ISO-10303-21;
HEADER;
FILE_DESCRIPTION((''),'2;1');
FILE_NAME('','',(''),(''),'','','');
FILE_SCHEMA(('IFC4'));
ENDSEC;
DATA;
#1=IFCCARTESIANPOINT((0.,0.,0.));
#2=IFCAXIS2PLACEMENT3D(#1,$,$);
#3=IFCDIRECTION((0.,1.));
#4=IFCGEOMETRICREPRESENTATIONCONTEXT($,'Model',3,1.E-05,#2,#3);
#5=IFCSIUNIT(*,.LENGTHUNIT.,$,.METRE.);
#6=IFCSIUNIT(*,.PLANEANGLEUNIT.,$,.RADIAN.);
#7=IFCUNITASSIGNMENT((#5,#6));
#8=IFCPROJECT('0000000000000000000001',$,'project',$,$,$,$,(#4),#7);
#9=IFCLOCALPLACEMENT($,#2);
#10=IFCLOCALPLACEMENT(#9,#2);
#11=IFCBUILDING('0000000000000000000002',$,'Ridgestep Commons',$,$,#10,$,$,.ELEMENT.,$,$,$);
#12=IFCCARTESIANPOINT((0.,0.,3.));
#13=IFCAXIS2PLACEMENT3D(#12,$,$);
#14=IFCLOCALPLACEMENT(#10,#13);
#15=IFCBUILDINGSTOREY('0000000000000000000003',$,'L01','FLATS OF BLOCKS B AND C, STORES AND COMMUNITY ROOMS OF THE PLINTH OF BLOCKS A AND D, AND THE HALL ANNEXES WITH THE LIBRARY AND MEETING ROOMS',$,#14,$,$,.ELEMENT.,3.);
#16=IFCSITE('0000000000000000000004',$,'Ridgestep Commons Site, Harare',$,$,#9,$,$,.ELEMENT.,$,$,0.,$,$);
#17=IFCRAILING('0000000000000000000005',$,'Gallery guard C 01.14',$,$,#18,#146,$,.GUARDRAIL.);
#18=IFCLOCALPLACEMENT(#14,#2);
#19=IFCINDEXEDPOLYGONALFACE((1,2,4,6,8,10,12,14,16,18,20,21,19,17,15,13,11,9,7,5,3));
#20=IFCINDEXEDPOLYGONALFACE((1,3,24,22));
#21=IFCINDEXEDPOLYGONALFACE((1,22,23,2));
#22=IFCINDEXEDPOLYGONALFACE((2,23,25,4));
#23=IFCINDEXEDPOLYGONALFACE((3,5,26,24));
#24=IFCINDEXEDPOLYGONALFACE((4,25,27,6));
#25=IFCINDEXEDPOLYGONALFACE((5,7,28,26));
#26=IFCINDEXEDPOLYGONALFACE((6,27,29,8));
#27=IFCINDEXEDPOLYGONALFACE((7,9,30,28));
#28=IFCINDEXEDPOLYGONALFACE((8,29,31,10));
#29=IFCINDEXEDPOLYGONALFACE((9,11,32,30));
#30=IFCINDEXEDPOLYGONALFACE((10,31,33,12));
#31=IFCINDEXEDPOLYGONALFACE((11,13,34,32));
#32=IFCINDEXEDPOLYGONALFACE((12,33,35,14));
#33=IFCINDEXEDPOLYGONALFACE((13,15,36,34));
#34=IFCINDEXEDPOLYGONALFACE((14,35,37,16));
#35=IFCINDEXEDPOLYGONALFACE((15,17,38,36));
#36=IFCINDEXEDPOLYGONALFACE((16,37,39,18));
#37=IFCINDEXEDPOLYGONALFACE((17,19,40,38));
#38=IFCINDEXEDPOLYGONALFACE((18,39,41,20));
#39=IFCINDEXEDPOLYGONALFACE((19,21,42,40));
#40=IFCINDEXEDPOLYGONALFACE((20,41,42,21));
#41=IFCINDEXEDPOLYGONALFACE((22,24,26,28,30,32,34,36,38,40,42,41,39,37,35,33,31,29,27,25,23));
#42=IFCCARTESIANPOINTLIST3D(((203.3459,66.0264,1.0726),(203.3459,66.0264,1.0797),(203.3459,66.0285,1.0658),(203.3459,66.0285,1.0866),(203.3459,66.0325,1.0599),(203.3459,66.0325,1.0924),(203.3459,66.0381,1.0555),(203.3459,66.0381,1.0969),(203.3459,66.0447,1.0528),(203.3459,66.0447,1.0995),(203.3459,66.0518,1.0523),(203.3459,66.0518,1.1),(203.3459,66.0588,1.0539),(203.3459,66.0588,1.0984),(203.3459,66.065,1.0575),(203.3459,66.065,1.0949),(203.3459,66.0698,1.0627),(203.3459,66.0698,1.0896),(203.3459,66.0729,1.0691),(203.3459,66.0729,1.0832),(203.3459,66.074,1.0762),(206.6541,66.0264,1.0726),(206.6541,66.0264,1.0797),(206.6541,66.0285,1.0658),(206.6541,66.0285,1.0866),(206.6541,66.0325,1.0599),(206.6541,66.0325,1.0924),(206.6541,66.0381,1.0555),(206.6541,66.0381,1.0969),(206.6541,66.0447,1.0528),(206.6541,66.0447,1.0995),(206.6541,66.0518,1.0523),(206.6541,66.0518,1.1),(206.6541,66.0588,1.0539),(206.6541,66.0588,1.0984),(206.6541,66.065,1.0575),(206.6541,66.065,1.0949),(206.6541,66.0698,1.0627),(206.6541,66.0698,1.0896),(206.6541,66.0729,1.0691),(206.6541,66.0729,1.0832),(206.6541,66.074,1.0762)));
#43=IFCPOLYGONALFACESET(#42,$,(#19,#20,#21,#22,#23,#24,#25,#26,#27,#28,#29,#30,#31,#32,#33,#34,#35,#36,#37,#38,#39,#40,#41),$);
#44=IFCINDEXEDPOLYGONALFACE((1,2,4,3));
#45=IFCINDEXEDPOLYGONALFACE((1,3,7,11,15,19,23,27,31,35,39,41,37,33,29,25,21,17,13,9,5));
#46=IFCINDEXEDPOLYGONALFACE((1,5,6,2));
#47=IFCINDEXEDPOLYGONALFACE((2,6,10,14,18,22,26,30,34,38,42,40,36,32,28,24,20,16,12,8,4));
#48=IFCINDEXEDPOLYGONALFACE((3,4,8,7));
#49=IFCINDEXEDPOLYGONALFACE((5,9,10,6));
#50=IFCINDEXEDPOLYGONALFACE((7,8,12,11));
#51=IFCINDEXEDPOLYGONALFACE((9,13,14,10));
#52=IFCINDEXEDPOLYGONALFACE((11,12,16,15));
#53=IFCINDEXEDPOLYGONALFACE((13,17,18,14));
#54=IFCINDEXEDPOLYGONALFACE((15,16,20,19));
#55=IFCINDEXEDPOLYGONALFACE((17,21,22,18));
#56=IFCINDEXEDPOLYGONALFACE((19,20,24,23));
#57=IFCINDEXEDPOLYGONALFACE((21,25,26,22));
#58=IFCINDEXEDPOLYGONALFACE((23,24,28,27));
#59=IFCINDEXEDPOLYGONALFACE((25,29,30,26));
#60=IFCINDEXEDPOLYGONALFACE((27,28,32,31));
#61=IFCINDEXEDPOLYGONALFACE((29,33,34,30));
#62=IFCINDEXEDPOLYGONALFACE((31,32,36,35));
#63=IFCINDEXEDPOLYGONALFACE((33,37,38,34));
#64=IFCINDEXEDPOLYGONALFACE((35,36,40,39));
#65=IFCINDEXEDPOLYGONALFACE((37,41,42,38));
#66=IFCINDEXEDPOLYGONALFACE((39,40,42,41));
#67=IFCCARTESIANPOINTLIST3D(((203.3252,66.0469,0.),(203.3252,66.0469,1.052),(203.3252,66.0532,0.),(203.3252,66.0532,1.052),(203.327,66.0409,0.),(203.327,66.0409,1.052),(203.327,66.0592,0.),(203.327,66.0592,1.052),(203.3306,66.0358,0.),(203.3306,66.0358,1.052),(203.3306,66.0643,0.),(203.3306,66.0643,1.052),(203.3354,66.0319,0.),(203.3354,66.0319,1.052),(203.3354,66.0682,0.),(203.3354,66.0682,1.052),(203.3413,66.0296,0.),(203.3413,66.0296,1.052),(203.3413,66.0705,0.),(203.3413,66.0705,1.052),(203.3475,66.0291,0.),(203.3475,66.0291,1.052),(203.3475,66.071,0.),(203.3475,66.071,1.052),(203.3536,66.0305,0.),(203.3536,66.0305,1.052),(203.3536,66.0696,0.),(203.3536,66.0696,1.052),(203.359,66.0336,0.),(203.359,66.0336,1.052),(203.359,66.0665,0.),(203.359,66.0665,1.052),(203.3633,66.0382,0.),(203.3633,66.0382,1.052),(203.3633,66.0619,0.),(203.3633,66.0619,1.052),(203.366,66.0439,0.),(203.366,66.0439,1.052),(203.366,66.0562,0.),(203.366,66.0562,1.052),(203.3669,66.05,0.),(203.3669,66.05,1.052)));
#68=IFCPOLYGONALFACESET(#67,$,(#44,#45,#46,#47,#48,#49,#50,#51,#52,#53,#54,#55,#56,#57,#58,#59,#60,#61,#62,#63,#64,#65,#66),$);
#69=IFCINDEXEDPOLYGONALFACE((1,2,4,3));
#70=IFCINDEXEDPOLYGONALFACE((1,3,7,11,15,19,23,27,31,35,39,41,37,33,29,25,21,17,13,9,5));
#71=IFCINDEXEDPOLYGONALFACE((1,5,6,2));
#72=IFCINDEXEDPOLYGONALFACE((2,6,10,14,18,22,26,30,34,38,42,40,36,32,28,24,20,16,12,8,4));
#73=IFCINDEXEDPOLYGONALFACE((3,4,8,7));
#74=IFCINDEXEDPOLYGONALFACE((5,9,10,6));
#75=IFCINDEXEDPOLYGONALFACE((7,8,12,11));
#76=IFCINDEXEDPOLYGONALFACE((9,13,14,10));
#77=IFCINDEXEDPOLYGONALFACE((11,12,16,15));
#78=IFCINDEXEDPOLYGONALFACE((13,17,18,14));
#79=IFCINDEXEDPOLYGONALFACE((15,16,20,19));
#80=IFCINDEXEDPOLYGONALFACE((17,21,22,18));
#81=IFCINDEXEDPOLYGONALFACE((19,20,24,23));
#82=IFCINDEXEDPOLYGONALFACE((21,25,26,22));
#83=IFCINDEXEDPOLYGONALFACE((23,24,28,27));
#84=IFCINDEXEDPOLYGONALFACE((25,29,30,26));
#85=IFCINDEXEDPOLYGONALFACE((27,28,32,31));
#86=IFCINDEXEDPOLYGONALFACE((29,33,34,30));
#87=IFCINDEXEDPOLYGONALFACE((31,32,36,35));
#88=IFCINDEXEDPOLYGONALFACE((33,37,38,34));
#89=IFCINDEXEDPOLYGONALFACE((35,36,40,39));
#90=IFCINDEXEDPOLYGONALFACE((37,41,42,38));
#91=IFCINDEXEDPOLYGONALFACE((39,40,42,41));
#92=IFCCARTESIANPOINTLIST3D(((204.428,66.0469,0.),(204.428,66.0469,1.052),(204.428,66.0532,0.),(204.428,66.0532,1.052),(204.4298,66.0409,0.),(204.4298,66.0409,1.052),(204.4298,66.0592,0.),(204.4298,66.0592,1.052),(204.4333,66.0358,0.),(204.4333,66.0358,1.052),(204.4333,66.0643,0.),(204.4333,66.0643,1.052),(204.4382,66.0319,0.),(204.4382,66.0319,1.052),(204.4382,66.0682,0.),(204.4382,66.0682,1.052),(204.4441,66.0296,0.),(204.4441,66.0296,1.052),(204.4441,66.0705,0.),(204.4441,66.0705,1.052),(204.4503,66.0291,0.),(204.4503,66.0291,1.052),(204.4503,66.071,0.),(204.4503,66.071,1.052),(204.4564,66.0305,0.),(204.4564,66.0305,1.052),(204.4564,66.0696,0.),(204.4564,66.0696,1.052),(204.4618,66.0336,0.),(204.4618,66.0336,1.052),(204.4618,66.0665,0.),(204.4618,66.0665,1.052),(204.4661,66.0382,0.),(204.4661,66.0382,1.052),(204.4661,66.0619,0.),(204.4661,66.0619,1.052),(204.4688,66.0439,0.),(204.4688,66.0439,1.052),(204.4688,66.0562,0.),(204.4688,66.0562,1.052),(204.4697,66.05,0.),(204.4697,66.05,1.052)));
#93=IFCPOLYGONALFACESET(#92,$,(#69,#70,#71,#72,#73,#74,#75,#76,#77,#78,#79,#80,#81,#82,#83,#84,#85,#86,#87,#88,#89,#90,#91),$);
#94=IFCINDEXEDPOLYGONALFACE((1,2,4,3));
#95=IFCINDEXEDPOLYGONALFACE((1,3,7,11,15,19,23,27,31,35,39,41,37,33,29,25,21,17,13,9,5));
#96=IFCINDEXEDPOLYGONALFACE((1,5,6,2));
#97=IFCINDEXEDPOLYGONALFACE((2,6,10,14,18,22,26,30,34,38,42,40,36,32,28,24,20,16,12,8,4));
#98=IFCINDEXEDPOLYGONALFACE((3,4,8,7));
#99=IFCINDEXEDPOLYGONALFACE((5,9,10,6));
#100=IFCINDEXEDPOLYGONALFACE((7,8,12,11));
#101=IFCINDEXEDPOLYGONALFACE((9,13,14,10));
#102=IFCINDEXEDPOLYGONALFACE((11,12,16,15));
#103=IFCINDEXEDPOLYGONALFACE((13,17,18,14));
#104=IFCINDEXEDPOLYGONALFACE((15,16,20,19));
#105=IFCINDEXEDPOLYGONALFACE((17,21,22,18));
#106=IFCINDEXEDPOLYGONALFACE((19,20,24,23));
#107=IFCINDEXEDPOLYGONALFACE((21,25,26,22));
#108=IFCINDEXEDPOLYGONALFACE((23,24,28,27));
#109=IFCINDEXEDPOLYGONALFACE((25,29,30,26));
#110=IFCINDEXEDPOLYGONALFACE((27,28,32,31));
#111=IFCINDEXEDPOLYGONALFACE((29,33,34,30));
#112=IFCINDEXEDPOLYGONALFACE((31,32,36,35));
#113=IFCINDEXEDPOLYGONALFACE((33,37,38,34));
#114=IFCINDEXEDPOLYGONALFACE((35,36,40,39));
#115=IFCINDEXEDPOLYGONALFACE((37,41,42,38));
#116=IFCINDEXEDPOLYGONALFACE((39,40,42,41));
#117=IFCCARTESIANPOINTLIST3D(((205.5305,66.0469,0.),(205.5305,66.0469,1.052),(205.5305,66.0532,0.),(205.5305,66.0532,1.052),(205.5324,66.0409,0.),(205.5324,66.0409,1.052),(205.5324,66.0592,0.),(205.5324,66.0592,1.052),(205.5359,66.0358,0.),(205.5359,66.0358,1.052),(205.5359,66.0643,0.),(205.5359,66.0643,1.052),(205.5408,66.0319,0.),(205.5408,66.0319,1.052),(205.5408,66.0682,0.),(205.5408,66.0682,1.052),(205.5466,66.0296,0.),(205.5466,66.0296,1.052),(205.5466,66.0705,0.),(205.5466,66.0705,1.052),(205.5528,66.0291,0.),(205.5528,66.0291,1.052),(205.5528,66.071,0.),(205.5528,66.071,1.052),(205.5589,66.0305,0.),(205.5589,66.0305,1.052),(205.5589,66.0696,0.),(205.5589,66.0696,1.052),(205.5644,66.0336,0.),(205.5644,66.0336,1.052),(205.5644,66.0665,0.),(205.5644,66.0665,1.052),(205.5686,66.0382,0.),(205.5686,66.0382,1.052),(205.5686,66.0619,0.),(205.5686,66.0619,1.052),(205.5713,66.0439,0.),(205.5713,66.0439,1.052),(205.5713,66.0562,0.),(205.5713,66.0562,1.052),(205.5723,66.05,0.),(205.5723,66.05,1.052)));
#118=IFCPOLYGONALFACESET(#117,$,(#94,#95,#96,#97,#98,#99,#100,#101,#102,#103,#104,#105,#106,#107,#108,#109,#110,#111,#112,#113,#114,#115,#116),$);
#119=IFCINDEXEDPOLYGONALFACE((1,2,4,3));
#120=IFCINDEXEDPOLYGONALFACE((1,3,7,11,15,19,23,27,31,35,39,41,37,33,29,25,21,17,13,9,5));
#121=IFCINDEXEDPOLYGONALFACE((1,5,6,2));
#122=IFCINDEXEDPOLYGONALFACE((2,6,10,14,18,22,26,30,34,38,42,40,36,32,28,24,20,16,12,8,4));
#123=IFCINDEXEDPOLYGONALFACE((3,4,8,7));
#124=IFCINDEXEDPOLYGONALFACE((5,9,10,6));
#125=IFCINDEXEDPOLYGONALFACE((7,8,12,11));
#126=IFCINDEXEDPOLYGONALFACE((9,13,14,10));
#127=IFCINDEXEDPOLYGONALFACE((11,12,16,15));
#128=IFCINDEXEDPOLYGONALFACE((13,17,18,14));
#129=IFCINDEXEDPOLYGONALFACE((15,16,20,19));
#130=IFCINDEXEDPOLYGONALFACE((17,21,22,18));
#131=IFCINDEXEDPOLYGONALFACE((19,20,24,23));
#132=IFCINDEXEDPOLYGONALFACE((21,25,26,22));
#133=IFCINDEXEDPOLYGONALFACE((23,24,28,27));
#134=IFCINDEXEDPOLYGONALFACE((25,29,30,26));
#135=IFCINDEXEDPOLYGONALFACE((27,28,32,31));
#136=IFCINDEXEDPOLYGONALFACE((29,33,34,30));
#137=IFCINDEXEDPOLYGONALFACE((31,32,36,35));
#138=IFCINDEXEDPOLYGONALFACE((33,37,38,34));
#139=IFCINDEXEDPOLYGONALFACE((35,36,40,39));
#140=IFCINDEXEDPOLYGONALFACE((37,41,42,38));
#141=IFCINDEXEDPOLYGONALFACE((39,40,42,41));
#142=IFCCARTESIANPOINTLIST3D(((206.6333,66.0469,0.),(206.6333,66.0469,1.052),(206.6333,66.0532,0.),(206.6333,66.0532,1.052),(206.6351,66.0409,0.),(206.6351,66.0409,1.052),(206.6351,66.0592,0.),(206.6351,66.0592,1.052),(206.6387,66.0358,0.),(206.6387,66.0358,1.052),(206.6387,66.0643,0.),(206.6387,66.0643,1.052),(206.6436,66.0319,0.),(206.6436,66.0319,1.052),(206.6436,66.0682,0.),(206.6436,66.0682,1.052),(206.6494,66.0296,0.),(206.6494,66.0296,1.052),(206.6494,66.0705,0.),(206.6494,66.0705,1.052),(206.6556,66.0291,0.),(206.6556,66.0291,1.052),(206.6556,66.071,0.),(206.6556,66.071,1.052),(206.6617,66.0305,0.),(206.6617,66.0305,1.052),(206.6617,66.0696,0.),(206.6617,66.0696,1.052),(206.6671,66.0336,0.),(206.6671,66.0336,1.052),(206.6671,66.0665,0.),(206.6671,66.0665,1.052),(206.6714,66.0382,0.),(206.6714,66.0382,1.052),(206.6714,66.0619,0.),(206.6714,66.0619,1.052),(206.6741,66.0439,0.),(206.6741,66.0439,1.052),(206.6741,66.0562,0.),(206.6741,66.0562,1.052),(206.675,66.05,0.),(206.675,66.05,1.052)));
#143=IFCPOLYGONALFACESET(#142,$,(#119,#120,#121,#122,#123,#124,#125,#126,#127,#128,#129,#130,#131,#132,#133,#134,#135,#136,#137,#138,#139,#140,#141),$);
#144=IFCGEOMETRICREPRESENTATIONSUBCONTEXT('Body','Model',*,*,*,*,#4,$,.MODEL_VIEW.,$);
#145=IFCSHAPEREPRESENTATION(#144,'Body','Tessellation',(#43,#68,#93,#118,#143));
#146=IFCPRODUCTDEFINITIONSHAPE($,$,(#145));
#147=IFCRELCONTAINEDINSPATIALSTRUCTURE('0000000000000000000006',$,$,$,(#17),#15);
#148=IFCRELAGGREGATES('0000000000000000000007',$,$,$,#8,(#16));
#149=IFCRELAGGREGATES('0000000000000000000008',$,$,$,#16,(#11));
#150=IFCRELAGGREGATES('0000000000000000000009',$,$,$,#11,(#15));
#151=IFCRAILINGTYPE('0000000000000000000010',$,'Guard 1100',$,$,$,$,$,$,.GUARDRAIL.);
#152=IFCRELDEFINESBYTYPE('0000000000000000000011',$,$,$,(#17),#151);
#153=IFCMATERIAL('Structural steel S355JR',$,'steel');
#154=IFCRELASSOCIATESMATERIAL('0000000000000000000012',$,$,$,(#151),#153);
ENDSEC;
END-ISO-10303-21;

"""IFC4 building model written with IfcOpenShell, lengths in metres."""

from ifc_helpers import new_model, si_unit, direction, frame, origin, origin_2d, place, context, subcontext, project, spatial, circle, extrude, material, type_object, element, save


model = new_model("IFC4")

# Units and contexts
model_context = context("Model", 3, precision=1e-05, world=origin(), true_north=direction((0.0, 1.0)))
body_context = subcontext(model_context, "Body", "Model", "MODEL_VIEW")
ifc_project = project(units=[si_unit("LENGTHUNIT", "METRE"), si_unit("PLANEANGLEUNIT", "RADIAN")], contexts=[model_context])

# Site, building, storey
site_placement = place(None, origin())
site = spatial("IfcSite", under=ifc_project, at=site_placement, Name="Ridgestep Commons Site, Harare", CompositionType="ELEMENT", RefElevation=0.0)
building_placement = place(site_placement, origin())
building = spatial("IfcBuilding", under=site, at=building_placement, Name="Ridgestep Commons", CompositionType="ELEMENT")
storey_placement = place(building_placement, frame((0.0, 0.0, 3.0)))
storey = spatial("IfcBuildingStorey", under=building, at=storey_placement, Name="L01", Description="FLATS OF BLOCKS B AND C, STORES AND COMMUNITY ROOMS OF THE PLINTH OF BLOCKS A AND D, AND THE HALL ANNEXES WITH THE LIBRARY AND MEETING ROOMS", CompositionType="ELEMENT", Elevation=3.0)

# Railing
ifc_material_1 = material(Name="Structural steel S355JR", Category="steel")
railing_type = type_object("IfcRailingType", Name="Guard 1100", PredefinedType="GUARDRAIL", material=ifc_material_1)
railing_1_placement = place(storey_placement, frame((203.3459, 66.05, 0.0)))
element("IfcRailing", 1, at=railing_1_placement, inside=storey, type_object=railing_type, Name="Gallery guard C 01.14", PredefinedType="GUARDRAIL", context=body_context, shape_type="SweptSolid", body=[
    extrude(circle(Radius=0.0239, at=origin_2d()), frame((0.0, 0.0, 1.0762), z_axis=(1.0, 0.0, 0.0), x_axis=(0.0, 1.0, 0.0)), (0.0, 0.0, 1.0), 3.3081),
    extrude(circle(Radius=0.021, at=origin_2d()), origin(), (0.0, 0.0, 1.0), 1.052),
    extrude(circle(Radius=0.021, at=origin_2d()), frame((1.1028, 0.0, 0.0)), (0.0, 0.0, 1.0), 1.052),
    extrude(circle(Radius=0.021, at=origin_2d()), frame((2.2053, 0.0, 0.0)), (0.0, 0.0, 1.0), 1.052),
    extrude(circle(Radius=0.021, at=origin_2d()), frame((3.3081, 0.0, 0.0)), (0.0, 0.0, 1.0), 1.052),
])

save(model, "model.ifc")
